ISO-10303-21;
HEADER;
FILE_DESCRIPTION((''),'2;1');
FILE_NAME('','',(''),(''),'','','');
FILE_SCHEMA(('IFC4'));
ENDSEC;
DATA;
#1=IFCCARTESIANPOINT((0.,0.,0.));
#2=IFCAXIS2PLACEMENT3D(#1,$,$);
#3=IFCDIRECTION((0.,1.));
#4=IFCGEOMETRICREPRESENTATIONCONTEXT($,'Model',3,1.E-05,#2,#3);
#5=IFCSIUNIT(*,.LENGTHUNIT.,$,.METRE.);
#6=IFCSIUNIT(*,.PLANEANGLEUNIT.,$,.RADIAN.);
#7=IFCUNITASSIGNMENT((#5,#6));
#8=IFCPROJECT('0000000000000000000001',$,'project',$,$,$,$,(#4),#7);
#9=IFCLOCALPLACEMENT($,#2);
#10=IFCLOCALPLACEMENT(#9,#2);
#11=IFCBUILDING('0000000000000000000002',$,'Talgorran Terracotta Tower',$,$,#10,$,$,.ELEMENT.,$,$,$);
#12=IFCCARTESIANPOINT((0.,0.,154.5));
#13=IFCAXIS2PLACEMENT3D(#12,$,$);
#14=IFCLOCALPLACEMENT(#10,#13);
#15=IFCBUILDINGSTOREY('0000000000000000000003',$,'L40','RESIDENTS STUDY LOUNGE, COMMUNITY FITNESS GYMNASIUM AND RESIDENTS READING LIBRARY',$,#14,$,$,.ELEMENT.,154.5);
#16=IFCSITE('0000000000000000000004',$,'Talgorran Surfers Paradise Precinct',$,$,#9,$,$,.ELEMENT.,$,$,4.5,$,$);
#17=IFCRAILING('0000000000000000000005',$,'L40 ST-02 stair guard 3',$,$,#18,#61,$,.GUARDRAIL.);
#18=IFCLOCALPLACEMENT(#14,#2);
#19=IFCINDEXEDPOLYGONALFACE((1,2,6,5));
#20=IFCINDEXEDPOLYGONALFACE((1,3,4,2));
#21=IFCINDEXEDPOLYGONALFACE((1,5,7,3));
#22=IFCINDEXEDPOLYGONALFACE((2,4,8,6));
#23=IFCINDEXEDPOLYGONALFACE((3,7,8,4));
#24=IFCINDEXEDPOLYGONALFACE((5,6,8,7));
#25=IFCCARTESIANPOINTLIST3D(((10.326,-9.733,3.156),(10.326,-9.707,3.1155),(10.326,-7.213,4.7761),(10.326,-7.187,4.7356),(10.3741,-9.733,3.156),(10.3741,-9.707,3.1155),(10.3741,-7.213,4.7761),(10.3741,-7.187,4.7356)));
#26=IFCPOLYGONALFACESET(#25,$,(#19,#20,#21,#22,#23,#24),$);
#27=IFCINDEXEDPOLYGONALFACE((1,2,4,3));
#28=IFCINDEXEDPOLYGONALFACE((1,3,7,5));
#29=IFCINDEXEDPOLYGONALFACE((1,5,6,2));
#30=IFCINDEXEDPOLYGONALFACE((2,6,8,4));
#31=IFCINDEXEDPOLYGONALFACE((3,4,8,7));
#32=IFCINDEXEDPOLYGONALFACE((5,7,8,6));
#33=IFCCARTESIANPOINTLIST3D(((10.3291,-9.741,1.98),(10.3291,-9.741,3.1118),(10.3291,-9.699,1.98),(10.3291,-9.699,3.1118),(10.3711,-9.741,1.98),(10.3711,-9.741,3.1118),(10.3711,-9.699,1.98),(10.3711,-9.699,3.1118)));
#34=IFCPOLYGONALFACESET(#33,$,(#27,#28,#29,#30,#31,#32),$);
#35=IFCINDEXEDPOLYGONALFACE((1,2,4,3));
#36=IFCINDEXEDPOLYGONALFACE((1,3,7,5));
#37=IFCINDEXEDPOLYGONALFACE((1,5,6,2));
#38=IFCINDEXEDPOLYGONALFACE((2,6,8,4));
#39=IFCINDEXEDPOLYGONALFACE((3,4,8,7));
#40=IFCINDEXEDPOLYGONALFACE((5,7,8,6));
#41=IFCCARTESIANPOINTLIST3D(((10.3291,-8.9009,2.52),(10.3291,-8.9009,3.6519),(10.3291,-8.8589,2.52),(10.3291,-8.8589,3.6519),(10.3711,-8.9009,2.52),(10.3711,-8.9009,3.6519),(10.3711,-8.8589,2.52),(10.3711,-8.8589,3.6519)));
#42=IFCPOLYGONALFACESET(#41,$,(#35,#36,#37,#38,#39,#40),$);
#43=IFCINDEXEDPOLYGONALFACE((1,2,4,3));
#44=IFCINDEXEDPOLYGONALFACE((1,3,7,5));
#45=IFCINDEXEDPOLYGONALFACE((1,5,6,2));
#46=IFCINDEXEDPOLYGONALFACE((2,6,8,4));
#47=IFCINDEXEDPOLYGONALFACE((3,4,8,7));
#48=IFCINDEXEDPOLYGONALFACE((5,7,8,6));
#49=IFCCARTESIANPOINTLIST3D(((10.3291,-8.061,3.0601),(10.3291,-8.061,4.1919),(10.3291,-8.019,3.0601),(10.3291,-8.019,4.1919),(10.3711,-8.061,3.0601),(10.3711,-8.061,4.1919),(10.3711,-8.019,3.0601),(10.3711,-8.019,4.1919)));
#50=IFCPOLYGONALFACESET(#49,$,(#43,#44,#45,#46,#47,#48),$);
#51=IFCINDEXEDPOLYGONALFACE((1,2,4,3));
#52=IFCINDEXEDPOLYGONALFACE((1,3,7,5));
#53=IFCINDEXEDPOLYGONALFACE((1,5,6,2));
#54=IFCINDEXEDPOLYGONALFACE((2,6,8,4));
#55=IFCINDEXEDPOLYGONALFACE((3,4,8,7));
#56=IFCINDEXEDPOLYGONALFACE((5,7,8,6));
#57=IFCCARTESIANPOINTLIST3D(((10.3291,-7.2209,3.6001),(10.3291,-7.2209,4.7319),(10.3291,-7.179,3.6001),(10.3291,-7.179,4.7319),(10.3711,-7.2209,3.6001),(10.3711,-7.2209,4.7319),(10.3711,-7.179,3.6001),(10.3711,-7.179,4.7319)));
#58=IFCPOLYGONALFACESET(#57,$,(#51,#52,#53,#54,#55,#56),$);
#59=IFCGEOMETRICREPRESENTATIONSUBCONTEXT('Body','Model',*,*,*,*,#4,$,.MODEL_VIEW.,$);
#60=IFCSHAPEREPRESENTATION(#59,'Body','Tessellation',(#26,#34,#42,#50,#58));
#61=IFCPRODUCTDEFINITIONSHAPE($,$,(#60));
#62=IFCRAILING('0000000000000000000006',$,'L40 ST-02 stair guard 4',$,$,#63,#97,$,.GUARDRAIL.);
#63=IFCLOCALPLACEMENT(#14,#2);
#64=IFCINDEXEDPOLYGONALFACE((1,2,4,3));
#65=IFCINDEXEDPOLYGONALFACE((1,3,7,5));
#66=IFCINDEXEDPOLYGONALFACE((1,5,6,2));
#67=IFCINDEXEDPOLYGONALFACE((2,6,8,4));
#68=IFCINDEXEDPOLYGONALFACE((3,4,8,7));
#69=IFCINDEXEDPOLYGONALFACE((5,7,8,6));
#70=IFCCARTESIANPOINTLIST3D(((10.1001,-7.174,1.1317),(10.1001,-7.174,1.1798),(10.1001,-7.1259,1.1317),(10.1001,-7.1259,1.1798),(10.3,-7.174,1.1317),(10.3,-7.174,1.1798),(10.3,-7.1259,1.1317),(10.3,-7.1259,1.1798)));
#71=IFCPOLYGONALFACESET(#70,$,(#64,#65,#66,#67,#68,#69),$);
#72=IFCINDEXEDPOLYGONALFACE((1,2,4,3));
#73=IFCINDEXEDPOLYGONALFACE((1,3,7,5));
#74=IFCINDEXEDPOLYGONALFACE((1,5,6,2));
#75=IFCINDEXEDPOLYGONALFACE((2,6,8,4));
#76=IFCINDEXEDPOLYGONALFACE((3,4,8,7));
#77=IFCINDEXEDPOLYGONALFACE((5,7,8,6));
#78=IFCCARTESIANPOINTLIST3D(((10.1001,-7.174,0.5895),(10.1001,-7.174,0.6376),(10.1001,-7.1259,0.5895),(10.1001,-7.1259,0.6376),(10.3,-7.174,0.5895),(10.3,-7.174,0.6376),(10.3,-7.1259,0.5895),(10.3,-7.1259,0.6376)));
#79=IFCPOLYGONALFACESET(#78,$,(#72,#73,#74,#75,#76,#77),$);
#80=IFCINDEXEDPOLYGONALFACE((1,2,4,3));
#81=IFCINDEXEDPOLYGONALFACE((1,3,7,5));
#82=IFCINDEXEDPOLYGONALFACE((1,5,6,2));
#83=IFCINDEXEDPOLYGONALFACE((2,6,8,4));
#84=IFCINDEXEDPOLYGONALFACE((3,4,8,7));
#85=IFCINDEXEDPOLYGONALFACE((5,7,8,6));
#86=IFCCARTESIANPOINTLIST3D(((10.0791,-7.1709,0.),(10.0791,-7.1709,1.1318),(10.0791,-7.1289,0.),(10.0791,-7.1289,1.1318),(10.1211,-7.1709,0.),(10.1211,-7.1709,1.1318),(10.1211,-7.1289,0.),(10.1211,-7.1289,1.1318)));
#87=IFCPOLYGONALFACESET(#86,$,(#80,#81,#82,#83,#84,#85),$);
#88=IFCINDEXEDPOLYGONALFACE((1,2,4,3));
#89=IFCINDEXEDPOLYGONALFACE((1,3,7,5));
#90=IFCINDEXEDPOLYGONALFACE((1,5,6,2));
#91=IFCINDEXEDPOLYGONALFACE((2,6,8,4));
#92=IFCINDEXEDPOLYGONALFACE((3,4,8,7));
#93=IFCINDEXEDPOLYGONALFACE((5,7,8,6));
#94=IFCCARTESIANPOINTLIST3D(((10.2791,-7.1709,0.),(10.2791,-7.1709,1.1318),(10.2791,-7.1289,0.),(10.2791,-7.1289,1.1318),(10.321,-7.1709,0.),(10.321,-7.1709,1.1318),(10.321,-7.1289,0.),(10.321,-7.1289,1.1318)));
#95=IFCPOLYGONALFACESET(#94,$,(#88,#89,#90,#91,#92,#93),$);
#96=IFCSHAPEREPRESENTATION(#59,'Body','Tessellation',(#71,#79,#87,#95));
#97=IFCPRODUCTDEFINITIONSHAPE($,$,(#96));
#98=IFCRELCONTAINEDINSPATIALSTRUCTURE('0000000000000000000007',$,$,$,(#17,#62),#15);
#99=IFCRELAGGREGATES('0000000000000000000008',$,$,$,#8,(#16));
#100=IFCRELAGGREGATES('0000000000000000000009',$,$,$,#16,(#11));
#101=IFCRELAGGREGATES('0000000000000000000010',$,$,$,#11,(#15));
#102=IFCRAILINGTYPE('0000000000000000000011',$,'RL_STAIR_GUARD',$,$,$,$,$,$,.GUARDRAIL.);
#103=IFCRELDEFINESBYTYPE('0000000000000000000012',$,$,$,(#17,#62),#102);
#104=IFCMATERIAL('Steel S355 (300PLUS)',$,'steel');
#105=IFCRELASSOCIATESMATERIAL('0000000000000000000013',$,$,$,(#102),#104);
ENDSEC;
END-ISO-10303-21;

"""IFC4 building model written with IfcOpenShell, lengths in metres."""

from ifc_helpers import new_model, si_unit, direction, frame, origin, origin_2d, place, context, subcontext, project, spatial, rectangle, extrude, material, type_object, element, save


model = new_model("IFC4")

# Units and contexts
model_context = context("Model", 3, precision=1e-05, world=origin(), true_north=direction((0.0, 1.0)))
body_context = subcontext(model_context, "Body", "Model", "MODEL_VIEW")
ifc_project = project(units=[si_unit("LENGTHUNIT", "METRE"), si_unit("PLANEANGLEUNIT", "RADIAN")], contexts=[model_context])

# Site, building, storey
site_placement = place(None, origin())
site = spatial("IfcSite", under=ifc_project, at=site_placement, Name="Talgorran Surfers Paradise Precinct", CompositionType="ELEMENT", RefElevation=4.5)
building_placement = place(site_placement, origin())
building = spatial("IfcBuilding", under=site, at=building_placement, Name="Talgorran Terracotta Tower", CompositionType="ELEMENT")
storey_placement = place(building_placement, frame((0.0, 0.0, 154.5)))
storey = spatial("IfcBuildingStorey", under=building, at=storey_placement, Name="L40", Description="RESIDENTS STUDY LOUNGE, COMMUNITY FITNESS GYMNASIUM AND RESIDENTS READING LIBRARY", CompositionType="ELEMENT", Elevation=154.5)

# Shared definitions
ifc_material_1 = material(Name="Steel S355 (300PLUS)", Category="steel")

# Railings
railing_type_1 = type_object("IfcRailingType", Name="RL_STAIR_GUARD", PredefinedType="GUARDRAIL", material=ifc_material_1)
railing_1_placement = place(storey_placement, frame((10.3501, -9.72, 1.98)))
element("IfcRailing", 1, at=railing_1_placement, inside=storey, type_object=railing_type_1, Name="L40 ST-02 stair guard 3", PredefinedType="GUARDRAIL", context=body_context, shape_type="SweptSolid", body=[
    extrude(rectangle(XDim=0.0481, YDim=0.0481, at=origin_2d()), frame((0.0, 0.0, 1.1558), z_axis=(0.0, 0.841163, 0.540782), x_axis=(-1.0, 0.0, 0.0)), (0.0, 0.0, 1.0), 2.9958),
    extrude(rectangle(XDim=0.042, YDim=0.042, at=origin_2d()), origin(), (0.0, 0.0, 1.0), 1.1318),
    extrude(rectangle(XDim=0.042, YDim=0.042, at=origin_2d()), frame((0.0, 0.8401, 0.54)), (0.0, 0.0, 1.0), 1.1318),
    extrude(rectangle(XDim=0.042, YDim=0.042, at=origin_2d()), frame((0.0, 1.6799, 1.0801)), (0.0, 0.0, 1.0), 1.1318),
    extrude(rectangle(XDim=0.042, YDim=0.042, at=origin_2d()), frame((0.0, 2.52, 1.6201)), (0.0, 0.0, 1.0), 1.1318),
])
railing_2_placement = place(storey_placement, frame((10.1001, -7.1499, 0.0)))
element("IfcRailing", 2, at=railing_2_placement, inside=storey, type_object=railing_type_1, Name="L40 ST-02 stair guard 4", PredefinedType="GUARDRAIL", context=body_context, shape_type="SweptSolid", body=[
    extrude(rectangle(XDim=0.0481, YDim=0.0481, at=origin_2d()), frame((0.0, 0.0, 1.1558), z_axis=(1.0, 0.0, 0.0), x_axis=(0.0, 1.0, 0.0)), (0.0, 0.0, 1.0), 0.2),
    extrude(rectangle(XDim=0.0481, YDim=0.0481, at=origin_2d()), frame((0.0, 0.0, 0.6135), z_axis=(1.0, 0.0, 0.0), x_axis=(0.0, 1.0, 0.0)), (0.0, 0.0, 1.0), 0.2),
    extrude(rectangle(XDim=0.042, YDim=0.042, at=origin_2d()), origin(), (0.0, 0.0, 1.0), 1.1318),
    extrude(rectangle(XDim=0.042, YDim=0.042, at=origin_2d()), frame((0.2, 0.0, 0.0)), (0.0, 0.0, 1.0), 1.1318),
])

save(model, "model.ifc")
